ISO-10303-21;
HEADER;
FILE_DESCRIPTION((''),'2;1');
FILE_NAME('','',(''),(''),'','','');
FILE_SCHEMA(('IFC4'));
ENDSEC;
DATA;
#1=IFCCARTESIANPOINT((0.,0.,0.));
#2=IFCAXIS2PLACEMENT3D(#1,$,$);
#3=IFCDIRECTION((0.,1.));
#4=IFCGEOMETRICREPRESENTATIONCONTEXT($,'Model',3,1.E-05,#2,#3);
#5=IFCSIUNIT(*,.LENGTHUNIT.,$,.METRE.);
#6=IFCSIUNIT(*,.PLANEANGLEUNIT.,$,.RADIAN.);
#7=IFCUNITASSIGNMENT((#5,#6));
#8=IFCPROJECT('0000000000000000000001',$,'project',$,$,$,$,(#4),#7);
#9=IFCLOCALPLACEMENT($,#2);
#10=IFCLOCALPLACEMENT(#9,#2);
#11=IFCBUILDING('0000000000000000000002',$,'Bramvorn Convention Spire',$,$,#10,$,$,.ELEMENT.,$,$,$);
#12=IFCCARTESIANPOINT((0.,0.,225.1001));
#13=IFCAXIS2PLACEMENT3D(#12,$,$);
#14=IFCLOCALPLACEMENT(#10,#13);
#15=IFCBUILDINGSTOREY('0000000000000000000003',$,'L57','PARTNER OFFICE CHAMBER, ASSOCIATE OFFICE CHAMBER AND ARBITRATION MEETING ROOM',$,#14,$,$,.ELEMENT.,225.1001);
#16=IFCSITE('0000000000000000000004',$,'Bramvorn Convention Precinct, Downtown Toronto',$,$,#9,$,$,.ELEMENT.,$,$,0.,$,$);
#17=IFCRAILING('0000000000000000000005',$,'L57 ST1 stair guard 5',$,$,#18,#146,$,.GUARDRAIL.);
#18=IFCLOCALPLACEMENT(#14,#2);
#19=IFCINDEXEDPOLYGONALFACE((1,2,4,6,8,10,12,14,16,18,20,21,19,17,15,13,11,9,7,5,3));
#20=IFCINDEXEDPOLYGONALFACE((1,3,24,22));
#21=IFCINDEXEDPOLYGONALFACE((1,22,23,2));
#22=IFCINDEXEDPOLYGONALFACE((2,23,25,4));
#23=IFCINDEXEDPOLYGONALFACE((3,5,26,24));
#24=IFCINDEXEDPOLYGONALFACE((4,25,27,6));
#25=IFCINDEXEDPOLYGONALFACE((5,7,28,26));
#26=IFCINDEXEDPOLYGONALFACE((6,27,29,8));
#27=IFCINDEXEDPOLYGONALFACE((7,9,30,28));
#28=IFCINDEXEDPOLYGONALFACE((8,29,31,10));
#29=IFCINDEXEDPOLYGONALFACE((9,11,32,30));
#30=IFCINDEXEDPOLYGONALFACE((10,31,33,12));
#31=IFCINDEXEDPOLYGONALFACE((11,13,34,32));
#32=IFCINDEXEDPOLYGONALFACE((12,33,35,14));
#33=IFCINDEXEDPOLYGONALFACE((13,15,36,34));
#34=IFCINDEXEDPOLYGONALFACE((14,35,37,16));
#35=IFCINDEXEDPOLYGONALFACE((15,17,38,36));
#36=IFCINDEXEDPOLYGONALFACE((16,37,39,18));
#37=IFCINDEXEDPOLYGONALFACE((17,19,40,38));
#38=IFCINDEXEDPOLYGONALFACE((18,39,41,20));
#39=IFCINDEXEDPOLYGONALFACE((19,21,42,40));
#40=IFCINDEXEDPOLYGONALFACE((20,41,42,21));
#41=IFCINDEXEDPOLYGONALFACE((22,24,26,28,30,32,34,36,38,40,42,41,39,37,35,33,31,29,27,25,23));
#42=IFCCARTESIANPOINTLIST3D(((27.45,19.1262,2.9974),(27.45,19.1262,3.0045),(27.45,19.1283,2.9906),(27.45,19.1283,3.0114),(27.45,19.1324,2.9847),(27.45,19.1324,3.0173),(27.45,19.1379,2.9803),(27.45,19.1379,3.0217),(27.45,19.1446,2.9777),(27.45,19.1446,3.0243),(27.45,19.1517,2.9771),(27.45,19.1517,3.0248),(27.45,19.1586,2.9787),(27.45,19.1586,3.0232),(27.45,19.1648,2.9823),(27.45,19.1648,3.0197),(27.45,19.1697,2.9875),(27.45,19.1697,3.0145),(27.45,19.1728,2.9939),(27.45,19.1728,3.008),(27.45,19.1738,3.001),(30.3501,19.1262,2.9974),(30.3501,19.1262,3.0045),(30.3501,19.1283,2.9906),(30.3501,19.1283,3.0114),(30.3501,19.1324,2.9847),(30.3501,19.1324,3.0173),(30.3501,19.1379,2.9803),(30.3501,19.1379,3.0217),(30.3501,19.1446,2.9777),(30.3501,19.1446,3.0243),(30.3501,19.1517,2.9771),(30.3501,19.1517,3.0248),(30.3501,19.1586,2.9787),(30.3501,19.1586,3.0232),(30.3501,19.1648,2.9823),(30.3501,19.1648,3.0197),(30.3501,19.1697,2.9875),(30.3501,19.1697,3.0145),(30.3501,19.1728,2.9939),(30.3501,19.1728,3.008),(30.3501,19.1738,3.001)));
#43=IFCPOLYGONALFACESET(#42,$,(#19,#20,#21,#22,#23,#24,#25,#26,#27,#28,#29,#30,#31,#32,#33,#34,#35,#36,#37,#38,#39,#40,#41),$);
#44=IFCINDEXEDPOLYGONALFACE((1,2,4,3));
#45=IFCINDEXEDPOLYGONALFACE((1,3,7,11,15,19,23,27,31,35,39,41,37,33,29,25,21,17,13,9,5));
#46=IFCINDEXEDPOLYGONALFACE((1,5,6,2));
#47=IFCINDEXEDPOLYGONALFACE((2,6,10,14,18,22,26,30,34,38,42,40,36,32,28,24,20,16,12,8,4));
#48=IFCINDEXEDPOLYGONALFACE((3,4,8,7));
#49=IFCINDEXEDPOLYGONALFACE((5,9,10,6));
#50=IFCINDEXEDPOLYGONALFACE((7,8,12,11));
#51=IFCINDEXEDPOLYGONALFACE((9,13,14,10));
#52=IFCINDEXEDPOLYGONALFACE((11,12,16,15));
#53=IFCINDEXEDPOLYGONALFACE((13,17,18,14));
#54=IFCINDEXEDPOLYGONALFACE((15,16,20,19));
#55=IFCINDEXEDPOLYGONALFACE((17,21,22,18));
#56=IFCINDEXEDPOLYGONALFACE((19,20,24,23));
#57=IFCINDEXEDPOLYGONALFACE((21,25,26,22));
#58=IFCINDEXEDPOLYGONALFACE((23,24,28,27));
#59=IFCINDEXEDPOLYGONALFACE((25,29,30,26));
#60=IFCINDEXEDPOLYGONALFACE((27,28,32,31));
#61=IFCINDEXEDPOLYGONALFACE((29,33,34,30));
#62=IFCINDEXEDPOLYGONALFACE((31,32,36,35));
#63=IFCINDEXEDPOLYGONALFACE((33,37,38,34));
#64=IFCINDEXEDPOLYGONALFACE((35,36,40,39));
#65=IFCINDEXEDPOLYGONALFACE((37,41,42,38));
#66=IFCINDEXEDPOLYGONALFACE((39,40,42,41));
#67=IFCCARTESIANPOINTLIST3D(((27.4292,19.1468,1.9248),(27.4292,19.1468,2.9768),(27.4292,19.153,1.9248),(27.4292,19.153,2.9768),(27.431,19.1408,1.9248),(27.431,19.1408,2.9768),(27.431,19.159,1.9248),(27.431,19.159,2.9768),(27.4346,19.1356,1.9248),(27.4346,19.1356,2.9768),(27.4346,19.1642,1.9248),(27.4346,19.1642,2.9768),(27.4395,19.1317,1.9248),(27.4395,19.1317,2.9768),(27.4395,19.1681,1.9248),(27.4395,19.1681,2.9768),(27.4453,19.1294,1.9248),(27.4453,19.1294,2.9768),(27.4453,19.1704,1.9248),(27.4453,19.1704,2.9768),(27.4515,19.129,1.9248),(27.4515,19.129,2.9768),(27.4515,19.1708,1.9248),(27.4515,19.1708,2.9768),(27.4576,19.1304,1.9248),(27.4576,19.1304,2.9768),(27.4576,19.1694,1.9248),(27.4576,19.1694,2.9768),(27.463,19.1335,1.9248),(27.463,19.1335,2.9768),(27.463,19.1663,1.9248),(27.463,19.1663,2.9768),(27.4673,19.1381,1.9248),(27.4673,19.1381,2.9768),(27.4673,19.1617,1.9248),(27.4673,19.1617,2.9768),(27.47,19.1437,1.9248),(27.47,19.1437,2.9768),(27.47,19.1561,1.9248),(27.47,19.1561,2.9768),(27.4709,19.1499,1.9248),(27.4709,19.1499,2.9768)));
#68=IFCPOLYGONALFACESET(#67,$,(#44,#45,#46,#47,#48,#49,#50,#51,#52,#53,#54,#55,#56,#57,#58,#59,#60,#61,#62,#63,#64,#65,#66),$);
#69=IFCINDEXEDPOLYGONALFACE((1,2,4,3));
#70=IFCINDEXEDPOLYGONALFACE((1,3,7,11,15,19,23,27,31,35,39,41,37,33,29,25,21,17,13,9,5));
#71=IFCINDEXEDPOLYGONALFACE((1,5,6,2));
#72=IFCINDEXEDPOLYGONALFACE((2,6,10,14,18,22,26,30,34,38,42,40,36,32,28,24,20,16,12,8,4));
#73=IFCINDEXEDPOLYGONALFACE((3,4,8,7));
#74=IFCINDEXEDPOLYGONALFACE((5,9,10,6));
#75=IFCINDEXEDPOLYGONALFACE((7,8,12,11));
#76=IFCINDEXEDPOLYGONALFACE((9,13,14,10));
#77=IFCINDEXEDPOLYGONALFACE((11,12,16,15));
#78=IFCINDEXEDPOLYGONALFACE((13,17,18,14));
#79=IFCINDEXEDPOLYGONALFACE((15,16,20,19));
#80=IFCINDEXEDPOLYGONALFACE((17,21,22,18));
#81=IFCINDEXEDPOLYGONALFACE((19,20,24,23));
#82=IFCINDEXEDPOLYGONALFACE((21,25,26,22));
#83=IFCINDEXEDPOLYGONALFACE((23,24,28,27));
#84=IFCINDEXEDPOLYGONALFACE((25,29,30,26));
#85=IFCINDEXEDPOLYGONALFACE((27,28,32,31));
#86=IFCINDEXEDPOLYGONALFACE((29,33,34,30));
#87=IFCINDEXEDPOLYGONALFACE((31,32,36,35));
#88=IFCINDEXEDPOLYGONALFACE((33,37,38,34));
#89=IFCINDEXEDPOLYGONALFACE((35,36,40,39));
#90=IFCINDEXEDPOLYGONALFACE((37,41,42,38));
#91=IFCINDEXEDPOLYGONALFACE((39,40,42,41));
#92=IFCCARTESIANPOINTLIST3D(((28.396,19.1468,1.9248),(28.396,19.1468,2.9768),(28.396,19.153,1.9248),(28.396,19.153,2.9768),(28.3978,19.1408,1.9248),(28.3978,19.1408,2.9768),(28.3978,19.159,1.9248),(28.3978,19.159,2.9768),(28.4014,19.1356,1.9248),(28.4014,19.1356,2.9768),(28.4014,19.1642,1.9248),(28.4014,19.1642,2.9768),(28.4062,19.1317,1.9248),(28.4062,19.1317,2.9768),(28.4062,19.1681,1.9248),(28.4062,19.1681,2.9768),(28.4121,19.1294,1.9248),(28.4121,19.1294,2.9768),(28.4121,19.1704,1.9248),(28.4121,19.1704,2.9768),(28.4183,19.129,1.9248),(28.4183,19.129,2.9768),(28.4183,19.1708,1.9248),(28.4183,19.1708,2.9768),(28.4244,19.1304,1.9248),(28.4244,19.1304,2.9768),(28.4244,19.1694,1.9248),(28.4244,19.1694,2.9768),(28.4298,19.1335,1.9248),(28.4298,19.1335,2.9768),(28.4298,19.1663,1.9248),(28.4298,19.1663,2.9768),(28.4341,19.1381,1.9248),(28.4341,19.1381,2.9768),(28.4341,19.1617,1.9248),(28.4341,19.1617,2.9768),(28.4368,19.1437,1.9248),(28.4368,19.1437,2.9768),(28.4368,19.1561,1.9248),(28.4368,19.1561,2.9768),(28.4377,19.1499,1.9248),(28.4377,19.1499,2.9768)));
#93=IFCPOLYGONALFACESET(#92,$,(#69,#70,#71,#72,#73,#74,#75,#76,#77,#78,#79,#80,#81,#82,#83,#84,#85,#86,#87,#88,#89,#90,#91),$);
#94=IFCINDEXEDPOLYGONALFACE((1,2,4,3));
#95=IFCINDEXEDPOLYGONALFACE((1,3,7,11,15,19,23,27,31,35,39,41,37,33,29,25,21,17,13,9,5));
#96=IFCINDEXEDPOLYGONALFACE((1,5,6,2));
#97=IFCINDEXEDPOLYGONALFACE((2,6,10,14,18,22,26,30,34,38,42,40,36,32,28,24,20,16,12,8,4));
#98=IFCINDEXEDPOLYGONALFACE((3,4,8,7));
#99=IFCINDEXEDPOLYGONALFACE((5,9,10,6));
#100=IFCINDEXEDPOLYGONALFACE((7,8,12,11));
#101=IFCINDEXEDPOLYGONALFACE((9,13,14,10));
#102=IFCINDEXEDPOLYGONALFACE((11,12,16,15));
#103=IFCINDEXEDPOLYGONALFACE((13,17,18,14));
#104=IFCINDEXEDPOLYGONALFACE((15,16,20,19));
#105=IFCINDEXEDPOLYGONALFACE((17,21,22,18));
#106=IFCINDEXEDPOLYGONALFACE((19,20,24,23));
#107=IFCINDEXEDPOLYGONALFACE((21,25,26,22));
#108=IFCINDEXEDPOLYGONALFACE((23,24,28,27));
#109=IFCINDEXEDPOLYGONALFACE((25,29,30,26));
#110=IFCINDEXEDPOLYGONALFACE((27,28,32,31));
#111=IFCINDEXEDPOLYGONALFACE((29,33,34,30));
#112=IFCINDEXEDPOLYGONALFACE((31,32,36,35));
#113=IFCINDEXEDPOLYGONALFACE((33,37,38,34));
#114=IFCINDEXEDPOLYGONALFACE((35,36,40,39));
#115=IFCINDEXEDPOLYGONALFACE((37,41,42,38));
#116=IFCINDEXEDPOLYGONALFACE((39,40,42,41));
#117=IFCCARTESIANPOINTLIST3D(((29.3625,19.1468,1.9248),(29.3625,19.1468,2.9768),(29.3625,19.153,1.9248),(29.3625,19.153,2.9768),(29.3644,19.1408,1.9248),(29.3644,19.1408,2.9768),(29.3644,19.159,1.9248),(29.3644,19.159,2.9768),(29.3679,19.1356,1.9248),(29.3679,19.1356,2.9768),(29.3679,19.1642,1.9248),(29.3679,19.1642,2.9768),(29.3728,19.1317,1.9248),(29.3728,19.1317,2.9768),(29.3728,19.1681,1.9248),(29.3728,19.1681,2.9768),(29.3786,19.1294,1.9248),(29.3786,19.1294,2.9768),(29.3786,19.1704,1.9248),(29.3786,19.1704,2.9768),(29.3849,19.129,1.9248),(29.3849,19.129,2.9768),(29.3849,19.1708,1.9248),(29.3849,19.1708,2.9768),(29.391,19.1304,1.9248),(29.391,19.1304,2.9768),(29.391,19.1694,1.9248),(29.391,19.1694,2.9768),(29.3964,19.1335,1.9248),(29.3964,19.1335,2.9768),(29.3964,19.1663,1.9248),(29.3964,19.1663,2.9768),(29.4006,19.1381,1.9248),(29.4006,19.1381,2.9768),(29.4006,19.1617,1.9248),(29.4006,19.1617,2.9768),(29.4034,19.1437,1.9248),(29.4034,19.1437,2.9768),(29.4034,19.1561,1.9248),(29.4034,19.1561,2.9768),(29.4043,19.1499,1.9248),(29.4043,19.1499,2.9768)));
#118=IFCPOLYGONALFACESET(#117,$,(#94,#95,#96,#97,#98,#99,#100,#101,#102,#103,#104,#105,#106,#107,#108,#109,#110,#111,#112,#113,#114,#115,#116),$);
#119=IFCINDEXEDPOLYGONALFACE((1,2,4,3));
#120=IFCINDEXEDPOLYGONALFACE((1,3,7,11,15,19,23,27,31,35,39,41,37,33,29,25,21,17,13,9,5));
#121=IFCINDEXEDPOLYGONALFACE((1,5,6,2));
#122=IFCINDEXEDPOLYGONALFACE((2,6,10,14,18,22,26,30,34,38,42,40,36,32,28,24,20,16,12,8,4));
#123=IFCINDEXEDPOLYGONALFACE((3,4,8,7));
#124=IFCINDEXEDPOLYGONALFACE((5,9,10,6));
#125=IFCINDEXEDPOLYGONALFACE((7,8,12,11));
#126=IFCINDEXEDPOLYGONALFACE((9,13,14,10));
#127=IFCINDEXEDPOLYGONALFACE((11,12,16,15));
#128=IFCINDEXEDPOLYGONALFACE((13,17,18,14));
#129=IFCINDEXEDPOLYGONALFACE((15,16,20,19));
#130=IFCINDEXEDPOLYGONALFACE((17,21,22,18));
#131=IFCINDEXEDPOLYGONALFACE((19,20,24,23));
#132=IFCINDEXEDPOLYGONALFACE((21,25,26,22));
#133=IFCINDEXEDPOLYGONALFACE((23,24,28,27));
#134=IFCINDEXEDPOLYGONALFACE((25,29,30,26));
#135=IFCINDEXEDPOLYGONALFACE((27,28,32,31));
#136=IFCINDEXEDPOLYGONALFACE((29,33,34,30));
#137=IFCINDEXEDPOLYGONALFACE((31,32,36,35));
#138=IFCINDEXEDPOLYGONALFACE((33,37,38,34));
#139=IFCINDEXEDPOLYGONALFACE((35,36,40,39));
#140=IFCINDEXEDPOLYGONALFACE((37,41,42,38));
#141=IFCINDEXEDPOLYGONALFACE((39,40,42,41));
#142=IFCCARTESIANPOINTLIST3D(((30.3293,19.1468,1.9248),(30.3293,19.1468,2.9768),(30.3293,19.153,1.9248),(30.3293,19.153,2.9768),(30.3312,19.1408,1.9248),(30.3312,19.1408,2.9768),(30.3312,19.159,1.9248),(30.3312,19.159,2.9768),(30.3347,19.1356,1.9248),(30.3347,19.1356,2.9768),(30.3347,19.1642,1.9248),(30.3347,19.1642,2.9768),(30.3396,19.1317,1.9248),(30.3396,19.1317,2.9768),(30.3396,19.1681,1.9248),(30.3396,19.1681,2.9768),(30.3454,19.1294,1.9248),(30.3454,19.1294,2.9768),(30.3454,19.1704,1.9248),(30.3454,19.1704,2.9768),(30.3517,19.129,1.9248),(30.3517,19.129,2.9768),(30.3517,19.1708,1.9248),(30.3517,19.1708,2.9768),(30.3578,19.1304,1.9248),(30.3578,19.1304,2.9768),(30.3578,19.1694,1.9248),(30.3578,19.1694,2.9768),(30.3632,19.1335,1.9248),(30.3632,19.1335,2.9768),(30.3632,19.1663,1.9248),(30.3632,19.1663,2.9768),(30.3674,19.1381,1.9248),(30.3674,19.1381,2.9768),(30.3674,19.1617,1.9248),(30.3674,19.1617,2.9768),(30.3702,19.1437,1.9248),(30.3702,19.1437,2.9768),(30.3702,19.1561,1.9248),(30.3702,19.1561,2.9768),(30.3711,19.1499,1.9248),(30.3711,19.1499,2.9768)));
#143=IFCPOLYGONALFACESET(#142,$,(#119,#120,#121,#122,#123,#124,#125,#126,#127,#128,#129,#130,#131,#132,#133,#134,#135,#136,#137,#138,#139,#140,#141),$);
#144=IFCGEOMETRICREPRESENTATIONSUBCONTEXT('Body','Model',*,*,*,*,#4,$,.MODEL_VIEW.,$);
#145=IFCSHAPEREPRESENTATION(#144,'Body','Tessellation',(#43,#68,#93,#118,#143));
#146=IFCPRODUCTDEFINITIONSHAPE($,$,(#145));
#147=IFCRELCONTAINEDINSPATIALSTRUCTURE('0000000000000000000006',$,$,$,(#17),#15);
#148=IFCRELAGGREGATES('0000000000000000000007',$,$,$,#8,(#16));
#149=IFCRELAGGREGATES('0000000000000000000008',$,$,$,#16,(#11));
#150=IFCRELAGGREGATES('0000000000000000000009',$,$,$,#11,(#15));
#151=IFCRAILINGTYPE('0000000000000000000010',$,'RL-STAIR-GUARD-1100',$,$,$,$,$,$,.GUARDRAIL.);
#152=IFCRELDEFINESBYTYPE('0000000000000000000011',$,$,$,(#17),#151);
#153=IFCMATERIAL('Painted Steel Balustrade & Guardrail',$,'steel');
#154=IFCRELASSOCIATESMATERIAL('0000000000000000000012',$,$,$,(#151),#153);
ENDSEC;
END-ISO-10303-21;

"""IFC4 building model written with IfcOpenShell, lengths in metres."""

from ifc_helpers import new_model, si_unit, direction, frame, origin, origin_2d, place, context, subcontext, project, spatial, circle, extrude, material, type_object, element, save


model = new_model("IFC4")

# Units and contexts
model_context = context("Model", 3, precision=1e-05, world=origin(), true_north=direction((0.0, 1.0)))
body_context = subcontext(model_context, "Body", "Model", "MODEL_VIEW")
ifc_project = project(units=[si_unit("LENGTHUNIT", "METRE"), si_unit("PLANEANGLEUNIT", "RADIAN")], contexts=[model_context])

# Site, building, storey
site_placement = place(None, origin())
site = spatial("IfcSite", under=ifc_project, at=site_placement, Name="Bramvorn Convention Precinct, Downtown Toronto", CompositionType="ELEMENT", RefElevation=0.0)
building_placement = place(site_placement, origin())
building = spatial("IfcBuilding", under=site, at=building_placement, Name="Bramvorn Convention Spire", CompositionType="ELEMENT")
storey_placement = place(building_placement, frame((0.0, 0.0, 225.1001)))
storey = spatial("IfcBuildingStorey", under=building, at=storey_placement, Name="L57", Description="PARTNER OFFICE CHAMBER, ASSOCIATE OFFICE CHAMBER AND ARBITRATION MEETING ROOM", CompositionType="ELEMENT", Elevation=225.1001)

# Railing
ifc_material_1 = material(Name="Painted Steel Balustrade & Guardrail", Category="steel")
railing_type = type_object("IfcRailingType", Name="RL-STAIR-GUARD-1100", PredefinedType="GUARDRAIL", material=ifc_material_1)
railing_1_placement = place(storey_placement, frame((27.45, 19.1499, 1.9248)))
element("IfcRailing", 1, at=railing_1_placement, inside=storey, type_object=railing_type, Name="L57 ST1 stair guard 5", PredefinedType="GUARDRAIL", context=body_context, shape_type="SweptSolid", body=[
    extrude(circle(Radius=0.0239, at=origin_2d()), frame((0.0, 0.0, 1.0762), z_axis=(1.0, 0.0, 0.0), x_axis=(0.0, 1.0, 0.0)), (0.0, 0.0, 1.0), 2.9001),
    extrude(circle(Radius=0.021, at=origin_2d()), origin(), (0.0, 0.0, 1.0), 1.052),
    extrude(circle(Radius=0.021, at=origin_2d()), frame((0.9668, 0.0, 0.0)), (0.0, 0.0, 1.0), 1.052),
    extrude(circle(Radius=0.021, at=origin_2d()), frame((1.9333, 0.0, 0.0)), (0.0, 0.0, 1.0), 1.052),
    extrude(circle(Radius=0.021, at=origin_2d()), frame((2.9001, 0.0, 0.0)), (0.0, 0.0, 1.0), 1.052),
])

save(model, "model.ifc")
